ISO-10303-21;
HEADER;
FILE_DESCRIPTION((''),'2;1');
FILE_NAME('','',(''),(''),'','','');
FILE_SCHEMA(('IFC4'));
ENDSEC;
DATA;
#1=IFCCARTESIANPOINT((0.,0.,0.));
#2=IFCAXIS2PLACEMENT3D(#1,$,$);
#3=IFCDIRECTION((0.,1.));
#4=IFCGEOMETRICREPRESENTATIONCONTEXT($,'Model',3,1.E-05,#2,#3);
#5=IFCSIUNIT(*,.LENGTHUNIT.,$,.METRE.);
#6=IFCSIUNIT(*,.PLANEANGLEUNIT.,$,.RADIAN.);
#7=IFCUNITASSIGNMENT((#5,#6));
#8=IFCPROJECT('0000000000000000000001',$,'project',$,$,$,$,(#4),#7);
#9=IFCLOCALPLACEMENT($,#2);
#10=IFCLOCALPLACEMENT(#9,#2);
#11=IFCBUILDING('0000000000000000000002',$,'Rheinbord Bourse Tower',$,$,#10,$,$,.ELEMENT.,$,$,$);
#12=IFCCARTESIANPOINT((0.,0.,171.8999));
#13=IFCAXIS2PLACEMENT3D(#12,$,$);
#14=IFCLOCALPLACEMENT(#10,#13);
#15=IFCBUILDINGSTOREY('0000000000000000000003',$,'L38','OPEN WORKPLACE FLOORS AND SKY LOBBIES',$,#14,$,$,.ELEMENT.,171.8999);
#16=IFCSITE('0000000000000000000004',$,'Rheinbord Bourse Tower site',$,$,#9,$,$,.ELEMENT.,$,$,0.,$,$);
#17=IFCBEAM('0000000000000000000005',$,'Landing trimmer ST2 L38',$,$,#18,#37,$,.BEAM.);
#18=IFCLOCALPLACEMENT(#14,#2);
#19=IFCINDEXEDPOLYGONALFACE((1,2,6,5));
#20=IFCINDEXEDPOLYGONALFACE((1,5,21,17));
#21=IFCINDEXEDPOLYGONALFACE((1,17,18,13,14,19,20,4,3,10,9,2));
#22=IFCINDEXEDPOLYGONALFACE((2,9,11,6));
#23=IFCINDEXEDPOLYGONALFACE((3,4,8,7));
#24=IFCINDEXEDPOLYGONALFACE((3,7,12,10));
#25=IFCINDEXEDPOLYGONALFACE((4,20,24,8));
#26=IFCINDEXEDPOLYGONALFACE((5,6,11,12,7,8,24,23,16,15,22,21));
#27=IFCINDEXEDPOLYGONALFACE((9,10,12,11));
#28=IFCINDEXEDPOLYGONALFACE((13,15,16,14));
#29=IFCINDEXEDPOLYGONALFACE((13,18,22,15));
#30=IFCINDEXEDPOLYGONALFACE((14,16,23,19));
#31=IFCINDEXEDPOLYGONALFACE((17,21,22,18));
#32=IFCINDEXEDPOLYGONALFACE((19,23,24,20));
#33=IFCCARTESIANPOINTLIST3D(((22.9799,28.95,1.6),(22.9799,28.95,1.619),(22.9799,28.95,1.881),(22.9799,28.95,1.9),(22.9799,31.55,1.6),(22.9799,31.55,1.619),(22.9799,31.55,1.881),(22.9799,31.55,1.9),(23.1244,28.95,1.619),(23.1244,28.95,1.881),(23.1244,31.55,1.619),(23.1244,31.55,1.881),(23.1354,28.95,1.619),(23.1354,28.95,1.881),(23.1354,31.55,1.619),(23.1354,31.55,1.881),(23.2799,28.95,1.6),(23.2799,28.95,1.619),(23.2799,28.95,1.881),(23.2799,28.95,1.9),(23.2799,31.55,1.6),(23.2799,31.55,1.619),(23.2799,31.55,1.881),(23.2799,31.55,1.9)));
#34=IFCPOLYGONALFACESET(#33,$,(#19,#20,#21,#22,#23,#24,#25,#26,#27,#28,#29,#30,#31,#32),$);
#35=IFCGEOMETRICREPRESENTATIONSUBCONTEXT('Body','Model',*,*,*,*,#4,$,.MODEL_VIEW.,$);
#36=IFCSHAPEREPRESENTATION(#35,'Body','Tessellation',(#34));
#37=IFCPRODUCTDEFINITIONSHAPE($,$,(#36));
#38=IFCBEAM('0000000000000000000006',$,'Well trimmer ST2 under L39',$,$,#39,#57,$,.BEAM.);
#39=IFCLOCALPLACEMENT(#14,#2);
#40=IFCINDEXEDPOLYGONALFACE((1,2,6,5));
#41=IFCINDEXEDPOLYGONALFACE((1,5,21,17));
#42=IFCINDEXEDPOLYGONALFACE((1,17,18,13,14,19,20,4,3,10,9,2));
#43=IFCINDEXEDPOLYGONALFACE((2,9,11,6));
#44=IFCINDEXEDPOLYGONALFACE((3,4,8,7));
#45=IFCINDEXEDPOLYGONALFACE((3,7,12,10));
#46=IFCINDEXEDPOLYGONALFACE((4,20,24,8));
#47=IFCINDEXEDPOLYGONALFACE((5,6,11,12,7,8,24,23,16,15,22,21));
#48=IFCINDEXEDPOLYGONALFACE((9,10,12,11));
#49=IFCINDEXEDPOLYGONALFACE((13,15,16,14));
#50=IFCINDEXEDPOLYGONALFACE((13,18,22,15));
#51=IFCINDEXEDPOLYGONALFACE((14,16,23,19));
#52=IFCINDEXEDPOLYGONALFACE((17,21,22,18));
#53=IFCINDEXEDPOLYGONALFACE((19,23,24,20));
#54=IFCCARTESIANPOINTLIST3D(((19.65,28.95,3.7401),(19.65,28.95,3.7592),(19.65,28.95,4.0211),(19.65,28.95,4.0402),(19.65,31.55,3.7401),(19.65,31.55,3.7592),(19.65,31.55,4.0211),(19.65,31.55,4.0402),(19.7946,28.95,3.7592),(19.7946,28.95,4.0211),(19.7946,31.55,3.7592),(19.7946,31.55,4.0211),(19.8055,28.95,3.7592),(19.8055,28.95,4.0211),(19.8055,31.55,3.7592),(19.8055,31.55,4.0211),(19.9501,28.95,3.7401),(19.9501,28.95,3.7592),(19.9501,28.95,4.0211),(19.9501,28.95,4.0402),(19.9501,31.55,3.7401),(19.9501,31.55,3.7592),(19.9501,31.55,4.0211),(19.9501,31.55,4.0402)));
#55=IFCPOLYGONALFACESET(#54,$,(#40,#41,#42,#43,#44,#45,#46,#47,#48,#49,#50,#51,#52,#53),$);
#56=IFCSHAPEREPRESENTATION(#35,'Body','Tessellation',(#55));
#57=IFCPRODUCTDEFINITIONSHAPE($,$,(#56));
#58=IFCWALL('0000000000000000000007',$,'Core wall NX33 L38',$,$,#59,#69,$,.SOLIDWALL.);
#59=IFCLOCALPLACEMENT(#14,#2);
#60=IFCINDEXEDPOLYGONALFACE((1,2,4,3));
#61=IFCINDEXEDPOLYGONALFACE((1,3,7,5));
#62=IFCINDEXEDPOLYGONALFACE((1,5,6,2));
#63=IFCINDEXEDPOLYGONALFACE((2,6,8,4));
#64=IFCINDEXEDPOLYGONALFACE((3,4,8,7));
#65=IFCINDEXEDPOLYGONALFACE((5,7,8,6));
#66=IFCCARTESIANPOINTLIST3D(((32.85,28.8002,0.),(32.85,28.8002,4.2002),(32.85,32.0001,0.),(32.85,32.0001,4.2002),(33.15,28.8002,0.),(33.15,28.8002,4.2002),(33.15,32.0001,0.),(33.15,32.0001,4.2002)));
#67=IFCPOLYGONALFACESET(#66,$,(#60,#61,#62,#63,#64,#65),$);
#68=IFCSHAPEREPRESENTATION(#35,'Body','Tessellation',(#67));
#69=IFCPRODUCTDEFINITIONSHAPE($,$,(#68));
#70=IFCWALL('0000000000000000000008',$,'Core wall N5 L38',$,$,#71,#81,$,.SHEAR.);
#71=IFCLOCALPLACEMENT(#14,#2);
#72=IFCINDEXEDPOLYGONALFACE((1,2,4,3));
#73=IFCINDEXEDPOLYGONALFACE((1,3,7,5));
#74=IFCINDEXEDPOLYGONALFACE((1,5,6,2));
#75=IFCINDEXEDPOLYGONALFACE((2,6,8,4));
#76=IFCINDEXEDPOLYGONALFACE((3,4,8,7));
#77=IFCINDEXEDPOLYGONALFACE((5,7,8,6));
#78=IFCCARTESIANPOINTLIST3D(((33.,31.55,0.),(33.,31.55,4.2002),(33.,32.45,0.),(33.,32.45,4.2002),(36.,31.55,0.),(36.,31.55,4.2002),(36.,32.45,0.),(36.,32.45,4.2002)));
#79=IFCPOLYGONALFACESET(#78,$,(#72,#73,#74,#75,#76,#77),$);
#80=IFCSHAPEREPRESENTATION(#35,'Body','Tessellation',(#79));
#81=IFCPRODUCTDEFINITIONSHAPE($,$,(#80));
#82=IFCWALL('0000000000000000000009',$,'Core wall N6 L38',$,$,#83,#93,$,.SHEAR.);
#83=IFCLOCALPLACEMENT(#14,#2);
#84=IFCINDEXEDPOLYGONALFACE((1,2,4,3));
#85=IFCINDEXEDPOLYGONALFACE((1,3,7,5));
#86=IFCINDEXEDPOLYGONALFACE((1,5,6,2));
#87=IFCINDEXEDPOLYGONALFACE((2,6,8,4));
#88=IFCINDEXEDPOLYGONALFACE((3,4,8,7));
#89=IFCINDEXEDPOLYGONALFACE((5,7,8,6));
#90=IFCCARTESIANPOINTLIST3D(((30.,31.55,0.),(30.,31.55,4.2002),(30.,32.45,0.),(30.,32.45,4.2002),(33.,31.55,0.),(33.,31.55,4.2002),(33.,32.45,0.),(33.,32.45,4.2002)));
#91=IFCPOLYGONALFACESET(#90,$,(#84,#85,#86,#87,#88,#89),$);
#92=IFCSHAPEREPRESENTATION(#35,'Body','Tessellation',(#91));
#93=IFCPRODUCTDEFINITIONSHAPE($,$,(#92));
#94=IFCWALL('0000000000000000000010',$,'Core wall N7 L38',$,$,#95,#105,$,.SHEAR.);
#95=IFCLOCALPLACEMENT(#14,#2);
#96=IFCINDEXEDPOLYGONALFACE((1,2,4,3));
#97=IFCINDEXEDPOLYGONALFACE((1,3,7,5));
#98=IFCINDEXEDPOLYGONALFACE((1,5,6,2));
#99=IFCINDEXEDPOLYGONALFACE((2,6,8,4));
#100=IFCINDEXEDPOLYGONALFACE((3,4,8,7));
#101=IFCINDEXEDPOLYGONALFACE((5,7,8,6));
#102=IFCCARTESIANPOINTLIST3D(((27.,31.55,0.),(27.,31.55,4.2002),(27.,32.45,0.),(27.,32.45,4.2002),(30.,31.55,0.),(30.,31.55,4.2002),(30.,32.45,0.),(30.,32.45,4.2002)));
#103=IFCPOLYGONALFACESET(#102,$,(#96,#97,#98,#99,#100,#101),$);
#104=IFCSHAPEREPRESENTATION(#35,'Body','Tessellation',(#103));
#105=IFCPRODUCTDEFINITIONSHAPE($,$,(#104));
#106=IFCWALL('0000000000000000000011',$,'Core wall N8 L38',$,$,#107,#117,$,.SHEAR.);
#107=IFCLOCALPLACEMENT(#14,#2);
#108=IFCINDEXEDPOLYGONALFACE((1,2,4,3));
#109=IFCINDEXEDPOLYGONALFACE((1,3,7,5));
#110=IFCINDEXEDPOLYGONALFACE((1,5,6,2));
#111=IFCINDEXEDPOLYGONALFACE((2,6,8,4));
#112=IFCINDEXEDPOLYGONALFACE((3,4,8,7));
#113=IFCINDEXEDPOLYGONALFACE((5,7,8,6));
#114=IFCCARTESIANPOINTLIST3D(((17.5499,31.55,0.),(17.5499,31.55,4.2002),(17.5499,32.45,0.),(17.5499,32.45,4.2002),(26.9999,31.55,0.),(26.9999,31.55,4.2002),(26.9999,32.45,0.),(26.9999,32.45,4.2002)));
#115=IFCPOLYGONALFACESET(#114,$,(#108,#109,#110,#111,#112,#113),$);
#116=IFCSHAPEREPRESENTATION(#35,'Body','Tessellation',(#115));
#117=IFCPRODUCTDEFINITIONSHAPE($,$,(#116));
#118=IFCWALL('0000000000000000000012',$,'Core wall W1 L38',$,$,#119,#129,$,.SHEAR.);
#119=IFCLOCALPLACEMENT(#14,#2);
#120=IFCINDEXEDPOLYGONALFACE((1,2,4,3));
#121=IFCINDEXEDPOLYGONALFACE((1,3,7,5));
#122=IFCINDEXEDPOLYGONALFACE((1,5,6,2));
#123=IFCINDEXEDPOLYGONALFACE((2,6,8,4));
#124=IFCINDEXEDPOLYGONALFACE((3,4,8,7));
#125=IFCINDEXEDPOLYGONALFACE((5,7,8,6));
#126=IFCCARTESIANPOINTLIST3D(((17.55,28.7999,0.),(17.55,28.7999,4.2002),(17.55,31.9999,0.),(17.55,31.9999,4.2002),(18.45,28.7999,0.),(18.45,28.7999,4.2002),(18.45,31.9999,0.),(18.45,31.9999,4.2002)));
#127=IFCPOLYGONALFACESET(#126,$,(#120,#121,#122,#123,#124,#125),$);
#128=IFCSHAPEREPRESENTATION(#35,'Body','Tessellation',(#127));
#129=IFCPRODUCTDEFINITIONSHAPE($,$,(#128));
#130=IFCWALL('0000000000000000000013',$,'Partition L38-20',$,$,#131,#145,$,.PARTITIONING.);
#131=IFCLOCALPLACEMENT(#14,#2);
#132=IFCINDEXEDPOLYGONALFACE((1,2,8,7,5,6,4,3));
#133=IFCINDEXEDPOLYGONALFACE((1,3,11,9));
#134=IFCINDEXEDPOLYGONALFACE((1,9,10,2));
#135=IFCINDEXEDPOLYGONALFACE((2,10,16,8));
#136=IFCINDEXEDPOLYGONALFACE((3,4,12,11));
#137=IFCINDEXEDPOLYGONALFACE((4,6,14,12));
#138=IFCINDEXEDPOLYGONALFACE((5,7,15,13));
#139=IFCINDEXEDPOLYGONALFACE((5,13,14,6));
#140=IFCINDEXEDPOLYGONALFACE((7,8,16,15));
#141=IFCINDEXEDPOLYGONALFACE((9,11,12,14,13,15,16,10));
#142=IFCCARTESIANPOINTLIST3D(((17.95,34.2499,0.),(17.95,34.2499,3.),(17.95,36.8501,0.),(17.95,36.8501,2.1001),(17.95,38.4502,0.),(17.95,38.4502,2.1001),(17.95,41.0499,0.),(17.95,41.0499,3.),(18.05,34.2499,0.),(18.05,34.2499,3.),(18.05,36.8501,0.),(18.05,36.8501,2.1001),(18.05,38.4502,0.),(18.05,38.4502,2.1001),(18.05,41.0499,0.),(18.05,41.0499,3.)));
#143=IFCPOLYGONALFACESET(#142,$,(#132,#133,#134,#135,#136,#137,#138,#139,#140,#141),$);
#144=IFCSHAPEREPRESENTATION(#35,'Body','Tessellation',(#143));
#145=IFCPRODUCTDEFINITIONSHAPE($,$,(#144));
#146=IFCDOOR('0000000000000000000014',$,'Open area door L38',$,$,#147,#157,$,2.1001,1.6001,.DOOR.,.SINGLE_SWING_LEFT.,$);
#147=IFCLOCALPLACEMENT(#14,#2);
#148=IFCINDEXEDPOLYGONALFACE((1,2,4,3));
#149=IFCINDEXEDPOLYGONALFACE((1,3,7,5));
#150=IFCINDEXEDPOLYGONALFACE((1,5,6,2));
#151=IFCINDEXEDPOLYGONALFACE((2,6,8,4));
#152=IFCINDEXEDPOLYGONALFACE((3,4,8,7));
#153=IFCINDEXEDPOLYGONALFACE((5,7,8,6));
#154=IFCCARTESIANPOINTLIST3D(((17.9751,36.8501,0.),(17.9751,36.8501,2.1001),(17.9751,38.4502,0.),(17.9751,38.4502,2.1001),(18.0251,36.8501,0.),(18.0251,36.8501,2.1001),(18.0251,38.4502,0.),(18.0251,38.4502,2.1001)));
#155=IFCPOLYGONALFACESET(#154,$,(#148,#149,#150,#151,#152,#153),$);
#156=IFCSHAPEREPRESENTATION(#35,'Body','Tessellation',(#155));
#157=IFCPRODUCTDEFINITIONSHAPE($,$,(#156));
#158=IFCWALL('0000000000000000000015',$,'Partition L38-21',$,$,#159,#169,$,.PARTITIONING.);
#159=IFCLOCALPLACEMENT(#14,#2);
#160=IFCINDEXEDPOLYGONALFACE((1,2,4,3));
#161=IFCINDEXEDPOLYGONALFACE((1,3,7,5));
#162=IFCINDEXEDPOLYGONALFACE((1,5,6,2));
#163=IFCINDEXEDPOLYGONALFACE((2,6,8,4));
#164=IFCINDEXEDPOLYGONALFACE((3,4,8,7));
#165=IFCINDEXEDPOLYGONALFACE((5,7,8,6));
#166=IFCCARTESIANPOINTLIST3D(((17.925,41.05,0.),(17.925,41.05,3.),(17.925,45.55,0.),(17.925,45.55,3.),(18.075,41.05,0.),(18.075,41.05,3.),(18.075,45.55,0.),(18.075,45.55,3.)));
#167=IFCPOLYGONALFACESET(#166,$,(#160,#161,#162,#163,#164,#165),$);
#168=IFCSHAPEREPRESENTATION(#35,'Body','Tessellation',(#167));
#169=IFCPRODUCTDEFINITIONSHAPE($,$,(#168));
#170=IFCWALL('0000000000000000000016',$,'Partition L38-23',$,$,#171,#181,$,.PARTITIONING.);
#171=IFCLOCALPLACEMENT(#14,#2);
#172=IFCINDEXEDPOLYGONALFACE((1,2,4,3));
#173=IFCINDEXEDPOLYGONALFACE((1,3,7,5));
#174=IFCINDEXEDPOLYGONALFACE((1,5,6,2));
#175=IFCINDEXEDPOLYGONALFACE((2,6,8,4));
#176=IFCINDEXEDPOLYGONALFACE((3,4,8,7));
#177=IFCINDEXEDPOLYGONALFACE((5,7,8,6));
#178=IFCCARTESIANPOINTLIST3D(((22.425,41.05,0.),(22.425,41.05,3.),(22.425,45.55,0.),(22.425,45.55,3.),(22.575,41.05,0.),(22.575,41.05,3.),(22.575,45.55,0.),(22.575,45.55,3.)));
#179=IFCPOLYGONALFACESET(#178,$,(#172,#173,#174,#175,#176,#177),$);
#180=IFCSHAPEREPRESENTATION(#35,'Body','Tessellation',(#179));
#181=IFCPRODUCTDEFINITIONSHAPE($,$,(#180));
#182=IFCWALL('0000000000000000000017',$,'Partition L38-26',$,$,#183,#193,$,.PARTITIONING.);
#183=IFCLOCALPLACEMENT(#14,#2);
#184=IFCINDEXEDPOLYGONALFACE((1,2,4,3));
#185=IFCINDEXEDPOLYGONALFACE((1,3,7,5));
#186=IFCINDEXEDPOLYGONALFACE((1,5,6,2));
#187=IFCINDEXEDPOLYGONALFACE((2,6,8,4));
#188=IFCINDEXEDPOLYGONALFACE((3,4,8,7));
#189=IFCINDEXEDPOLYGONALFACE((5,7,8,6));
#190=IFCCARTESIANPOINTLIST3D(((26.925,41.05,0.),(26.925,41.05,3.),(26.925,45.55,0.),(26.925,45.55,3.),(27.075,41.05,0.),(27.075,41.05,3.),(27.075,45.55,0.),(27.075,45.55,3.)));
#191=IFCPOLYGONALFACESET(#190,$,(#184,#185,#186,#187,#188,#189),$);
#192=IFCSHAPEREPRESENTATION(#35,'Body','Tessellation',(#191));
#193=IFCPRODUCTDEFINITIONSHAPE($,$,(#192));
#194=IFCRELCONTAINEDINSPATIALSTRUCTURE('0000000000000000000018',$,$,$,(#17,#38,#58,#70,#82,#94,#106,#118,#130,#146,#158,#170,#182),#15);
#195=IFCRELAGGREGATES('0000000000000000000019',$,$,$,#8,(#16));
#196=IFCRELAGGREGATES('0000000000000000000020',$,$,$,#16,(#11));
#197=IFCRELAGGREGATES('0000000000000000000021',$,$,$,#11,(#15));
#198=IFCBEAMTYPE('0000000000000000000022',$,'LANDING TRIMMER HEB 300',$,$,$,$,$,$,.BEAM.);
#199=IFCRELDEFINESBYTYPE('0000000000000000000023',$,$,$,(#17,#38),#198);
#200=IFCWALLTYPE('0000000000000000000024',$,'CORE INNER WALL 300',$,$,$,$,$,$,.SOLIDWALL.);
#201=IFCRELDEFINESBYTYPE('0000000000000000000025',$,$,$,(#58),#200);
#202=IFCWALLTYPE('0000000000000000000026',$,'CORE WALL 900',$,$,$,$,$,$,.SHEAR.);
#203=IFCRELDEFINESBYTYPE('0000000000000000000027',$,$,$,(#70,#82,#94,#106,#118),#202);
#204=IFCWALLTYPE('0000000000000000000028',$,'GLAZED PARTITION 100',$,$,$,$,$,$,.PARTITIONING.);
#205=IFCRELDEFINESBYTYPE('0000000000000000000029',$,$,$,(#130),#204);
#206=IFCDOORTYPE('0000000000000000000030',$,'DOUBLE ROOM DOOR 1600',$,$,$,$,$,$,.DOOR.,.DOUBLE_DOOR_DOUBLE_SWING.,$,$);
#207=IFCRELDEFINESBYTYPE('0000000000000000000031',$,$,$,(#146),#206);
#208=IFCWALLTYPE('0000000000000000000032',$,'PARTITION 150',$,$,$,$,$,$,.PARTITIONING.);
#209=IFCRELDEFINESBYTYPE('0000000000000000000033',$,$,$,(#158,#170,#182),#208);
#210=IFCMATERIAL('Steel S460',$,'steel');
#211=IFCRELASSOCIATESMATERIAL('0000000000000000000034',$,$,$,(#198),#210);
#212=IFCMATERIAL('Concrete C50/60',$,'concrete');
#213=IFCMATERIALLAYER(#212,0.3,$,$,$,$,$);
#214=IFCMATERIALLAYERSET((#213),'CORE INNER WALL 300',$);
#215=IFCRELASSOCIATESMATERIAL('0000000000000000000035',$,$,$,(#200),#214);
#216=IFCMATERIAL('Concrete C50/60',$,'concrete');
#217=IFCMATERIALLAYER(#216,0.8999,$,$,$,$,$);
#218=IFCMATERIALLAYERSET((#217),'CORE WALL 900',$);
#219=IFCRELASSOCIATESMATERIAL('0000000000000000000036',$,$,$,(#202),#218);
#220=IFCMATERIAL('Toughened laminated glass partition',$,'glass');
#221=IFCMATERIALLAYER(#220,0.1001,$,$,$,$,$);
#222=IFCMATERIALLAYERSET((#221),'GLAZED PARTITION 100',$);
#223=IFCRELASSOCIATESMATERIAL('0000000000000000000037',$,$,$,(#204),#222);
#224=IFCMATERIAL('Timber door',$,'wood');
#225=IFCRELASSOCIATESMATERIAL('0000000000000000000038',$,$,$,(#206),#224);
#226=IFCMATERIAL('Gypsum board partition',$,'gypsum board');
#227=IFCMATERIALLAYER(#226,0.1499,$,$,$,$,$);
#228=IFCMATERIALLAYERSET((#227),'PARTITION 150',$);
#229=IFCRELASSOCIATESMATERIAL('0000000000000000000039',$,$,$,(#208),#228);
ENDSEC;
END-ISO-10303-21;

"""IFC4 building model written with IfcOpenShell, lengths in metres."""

from ifc_helpers import new_model, si_unit, direction, frame, frame_2d, origin, origin_2d, place, context, subcontext, project, spatial, rectangle, i_section, extrude, material, layer, layer_set, material_profile, profile_set, type_object, element, fill, save


model = new_model("IFC4")

# Units and contexts
model_context = context("Model", 3, precision=1e-05, world=origin(), true_north=direction((0.0, 1.0)))
body_context = subcontext(model_context, "Body", "Model", "MODEL_VIEW")
ifc_project = project(units=[si_unit("LENGTHUNIT", "METRE"), si_unit("PLANEANGLEUNIT", "RADIAN")], contexts=[model_context])

# Site, building, storey
site_placement = place(None, origin())
site = spatial("IfcSite", under=ifc_project, at=site_placement, Name="Rheinbord Bourse Tower site", CompositionType="ELEMENT", RefElevation=0.0)
building_placement = place(site_placement, origin())
building = spatial("IfcBuilding", under=site, at=building_placement, Name="Rheinbord Bourse Tower", CompositionType="ELEMENT")
storey_placement = place(building_placement, frame((0.0, 0.0, 171.8999)))
storey = spatial("IfcBuildingStorey", under=building, at=storey_placement, Name="L38", Description="OPEN WORKPLACE FLOORS AND SKY LOBBIES", CompositionType="ELEMENT", Elevation=171.8999)

# Beams
ifc_material_1 = material(Name="Steel S460", Category="steel")
ifc_material_profile = material_profile(ifc_material_1, i_section(OverallWidth=0.3, OverallDepth=0.3, WebThickness=0.011, FlangeThickness=0.019, at=origin_2d()), Name="HEB 300")
ifc_profile_set = profile_set([ifc_material_profile], Name="Steel S460")
beam_type = type_object("IfcBeamType", Name="LANDING TRIMMER HEB 300", PredefinedType="BEAM", material=ifc_profile_set)
for number, where, z_axis, x_axis, name in (
    (1, (23.1299, 28.95, 1.75), (0.0, 1.0, 0.0), (-1.0, 0.0, 0.0), "Landing trimmer ST2 L38"),
    (2, (19.8, 28.95, 3.8901), (0.0, 1.0, 0.0), (-1.0, 0.0, 0.0), "Well trimmer ST2 under L39"),
):
    element("IfcBeam", number, at=place(storey_placement, frame(where, z_axis=z_axis, x_axis=x_axis)), inside=storey, type_object=beam_type, Name=name, PredefinedType="BEAM", context=body_context, shape_type="SweptSolid", body=[
        extrude(i_section(OverallWidth=0.3, OverallDepth=0.3, WebThickness=0.011, FlangeThickness=0.019, at=origin_2d()), origin(), (0.0, 0.0, 1.0), 2.6001),
    ])

# Walls
ifc_material_2 = material(Name="Concrete C50/60", Category="concrete")
ifc_layer_1 = layer(ifc_material_2, 0.3)
ifc_layer_set_1 = layer_set([ifc_layer_1], Name="CORE INNER WALL 300")
wall_type_1 = type_object("IfcWallType", Name="CORE INNER WALL 300", PredefinedType="SOLIDWALL", material=ifc_layer_set_1)
wall_1_placement = place(storey_placement, frame((33.0, 28.8, 0.0), z_axis=(0.0, 0.0, 1.0), x_axis=(0.0, 1.0, 0.0)))
element("IfcWall", 3, at=wall_1_placement, inside=storey, type_object=wall_type_1, Name="Core wall NX33 L38", PredefinedType="SOLIDWALL", context=body_context, shape_type="SweptSolid", body=[
    extrude(rectangle(XDim=3.2, YDim=0.3, at=frame_2d((1.6001, 0.0))), origin(), (0.0, 0.0, 1.0), 4.2002),
])
ifc_material_3 = material(Name="Concrete C50/60", Category="concrete")
ifc_layer_2 = layer(ifc_material_3, 0.8999)
ifc_layer_set_2 = layer_set([ifc_layer_2], Name="CORE WALL 900")
wall_type_2 = type_object("IfcWallType", Name="CORE WALL 900", PredefinedType="SHEAR", material=ifc_layer_set_2)
for number, where, z_axis, x_axis, name in (
    (4, (36.0, 32.0, 0.0), (0.0, 0.0, 1.0), (-1.0, 0.0, 0.0), "Core wall N5 L38"),
    (5, (33.0, 32.0, 0.0), (0.0, 0.0, 1.0), (-1.0, 0.0, 0.0), "Core wall N6 L38"),
    (6, (30.0, 32.0, 0.0), (0.0, 0.0, 1.0), (-1.0, 0.0, 0.0), "Core wall N7 L38"),
):
    element("IfcWall", number, at=place(storey_placement, frame(where, z_axis=z_axis, x_axis=x_axis)), inside=storey, type_object=wall_type_2, Name=name, PredefinedType="SHEAR", context=body_context, shape_type="SweptSolid", body=[
        extrude(rectangle(XDim=3.0, YDim=0.8999, at=frame_2d((1.5, 0.0))), origin(), (0.0, 0.0, 1.0), 4.2002),
    ])
wall_2_placement = place(storey_placement, frame((27.0, 32.0, 0.0), z_axis=(0.0, 0.0, 1.0), x_axis=(-1.0, 0.0, 0.0)))
element("IfcWall", 7, at=wall_2_placement, inside=storey, type_object=wall_type_2, Name="Core wall N8 L38", PredefinedType="SHEAR", context=body_context, shape_type="SweptSolid", body=[
    extrude(rectangle(XDim=9.45, YDim=0.8999, at=frame_2d((4.7251, 0.0))), origin(), (0.0, 0.0, 1.0), 4.2002),
])
wall_3_placement = place(storey_placement, frame((18.0, 32.0, 0.0), z_axis=(0.0, 0.0, 1.0), x_axis=(0.0, -1.0, 0.0)))
element("IfcWall", 8, at=wall_3_placement, inside=storey, type_object=wall_type_2, Name="Core wall W1 L38", PredefinedType="SHEAR", context=body_context, shape_type="SweptSolid", body=[
    extrude(rectangle(XDim=3.2, YDim=0.8999, at=frame_2d((1.6001, 0.0))), origin(), (0.0, 0.0, 1.0), 4.2002),
])

# Wall, opening, door
ifc_material_4 = material(Name="Toughened laminated glass partition", Category="glass")
ifc_layer_3 = layer(ifc_material_4, 0.1001)
ifc_layer_set_3 = layer_set([ifc_layer_3], Name="GLAZED PARTITION 100")
wall_type_3 = type_object("IfcWallType", Name="GLAZED PARTITION 100", PredefinedType="PARTITIONING", material=ifc_layer_set_3)
wall_4_placement = place(storey_placement, frame((18.0, 34.25, 0.0), z_axis=(0.0, 0.0, 1.0), x_axis=(0.0, 1.0, 0.0)))
wall_4 = element("IfcWall", 9, at=wall_4_placement, inside=storey, type_object=wall_type_3, Name="Partition L38-20", PredefinedType="PARTITIONING", context=body_context, shape_type="SweptSolid", body=[
    extrude(rectangle(XDim=6.8, YDim=0.1001, at=frame_2d((3.3999, 0.0))), origin(), (0.0, 0.0, 1.0), 3.0),
])
opening_placement = place(wall_4_placement, frame((2.6001, 0.0, 0.0)))
opening = element("IfcOpeningElement", 10, at=opening_placement, cuts=wall_4, PredefinedType="OPENING", context=body_context, shape_type="SweptSolid", body=[
    extrude(rectangle(XDim=1.6001, YDim=2.1001, at=frame_2d((0.8, 1.05))), frame((0.0, 0.0601, 0.0), z_axis=(0.0, -1.0, 0.0), x_axis=(1.0, 0.0, 0.0)), (0.0, 0.0, 1.0), 0.1201),
])
ifc_material_5 = material(Name="Timber door", Category="wood")
door_type = type_object("IfcDoorType", Name="DOUBLE ROOM DOOR 1600", OperationType="DOUBLE_DOOR_DOUBLE_SWING", PredefinedType="DOOR", material=ifc_material_5)
door_placement = place(opening_placement, origin())
door = element("IfcDoor", 11, at=door_placement, inside=storey, type_object=door_type, Name="Open area door L38", OperationType="SINGLE_SWING_LEFT", OverallHeight=2.1001, OverallWidth=1.6001, PredefinedType="DOOR", context=body_context, shape_type="SweptSolid", body=[
    extrude(rectangle(XDim=1.6001, YDim=2.1001, at=frame_2d((0.8, 1.05))), frame((0.0, 0.0249, 0.0), z_axis=(0.0, -1.0, 0.0), x_axis=(1.0, 0.0, 0.0)), (0.0, 0.0, 1.0), 0.05),
])
fill(opening, door)

# Walls
ifc_material_6 = material(Name="Gypsum board partition", Category="gypsum board")
ifc_layer_4 = layer(ifc_material_6, 0.1499)
ifc_layer_set_4 = layer_set([ifc_layer_4], Name="PARTITION 150")
wall_type_4 = type_object("IfcWallType", Name="PARTITION 150", PredefinedType="PARTITIONING", material=ifc_layer_set_4)
for number, where, z_axis, x_axis, name in (
    (12, (18.0, 41.05, 0.0), (0.0, 0.0, 1.0), (0.0, 1.0, 0.0), "Partition L38-21"),
    (13, (22.5, 41.05, 0.0), (0.0, 0.0, 1.0), (0.0, 1.0, 0.0), "Partition L38-23"),
    (14, (27.0, 41.05, 0.0), (0.0, 0.0, 1.0), (0.0, 1.0, 0.0), "Partition L38-26"),
):
    element("IfcWall", number, at=place(storey_placement, frame(where, z_axis=z_axis, x_axis=x_axis)), inside=storey, type_object=wall_type_4, Name=name, PredefinedType="PARTITIONING", context=body_context, shape_type="SweptSolid", body=[
        extrude(rectangle(XDim=4.5, YDim=0.1499, at=frame_2d((2.25, 0.0))), origin(), (0.0, 0.0, 1.0), 3.0),
    ])

save(model, "model.ifc")
